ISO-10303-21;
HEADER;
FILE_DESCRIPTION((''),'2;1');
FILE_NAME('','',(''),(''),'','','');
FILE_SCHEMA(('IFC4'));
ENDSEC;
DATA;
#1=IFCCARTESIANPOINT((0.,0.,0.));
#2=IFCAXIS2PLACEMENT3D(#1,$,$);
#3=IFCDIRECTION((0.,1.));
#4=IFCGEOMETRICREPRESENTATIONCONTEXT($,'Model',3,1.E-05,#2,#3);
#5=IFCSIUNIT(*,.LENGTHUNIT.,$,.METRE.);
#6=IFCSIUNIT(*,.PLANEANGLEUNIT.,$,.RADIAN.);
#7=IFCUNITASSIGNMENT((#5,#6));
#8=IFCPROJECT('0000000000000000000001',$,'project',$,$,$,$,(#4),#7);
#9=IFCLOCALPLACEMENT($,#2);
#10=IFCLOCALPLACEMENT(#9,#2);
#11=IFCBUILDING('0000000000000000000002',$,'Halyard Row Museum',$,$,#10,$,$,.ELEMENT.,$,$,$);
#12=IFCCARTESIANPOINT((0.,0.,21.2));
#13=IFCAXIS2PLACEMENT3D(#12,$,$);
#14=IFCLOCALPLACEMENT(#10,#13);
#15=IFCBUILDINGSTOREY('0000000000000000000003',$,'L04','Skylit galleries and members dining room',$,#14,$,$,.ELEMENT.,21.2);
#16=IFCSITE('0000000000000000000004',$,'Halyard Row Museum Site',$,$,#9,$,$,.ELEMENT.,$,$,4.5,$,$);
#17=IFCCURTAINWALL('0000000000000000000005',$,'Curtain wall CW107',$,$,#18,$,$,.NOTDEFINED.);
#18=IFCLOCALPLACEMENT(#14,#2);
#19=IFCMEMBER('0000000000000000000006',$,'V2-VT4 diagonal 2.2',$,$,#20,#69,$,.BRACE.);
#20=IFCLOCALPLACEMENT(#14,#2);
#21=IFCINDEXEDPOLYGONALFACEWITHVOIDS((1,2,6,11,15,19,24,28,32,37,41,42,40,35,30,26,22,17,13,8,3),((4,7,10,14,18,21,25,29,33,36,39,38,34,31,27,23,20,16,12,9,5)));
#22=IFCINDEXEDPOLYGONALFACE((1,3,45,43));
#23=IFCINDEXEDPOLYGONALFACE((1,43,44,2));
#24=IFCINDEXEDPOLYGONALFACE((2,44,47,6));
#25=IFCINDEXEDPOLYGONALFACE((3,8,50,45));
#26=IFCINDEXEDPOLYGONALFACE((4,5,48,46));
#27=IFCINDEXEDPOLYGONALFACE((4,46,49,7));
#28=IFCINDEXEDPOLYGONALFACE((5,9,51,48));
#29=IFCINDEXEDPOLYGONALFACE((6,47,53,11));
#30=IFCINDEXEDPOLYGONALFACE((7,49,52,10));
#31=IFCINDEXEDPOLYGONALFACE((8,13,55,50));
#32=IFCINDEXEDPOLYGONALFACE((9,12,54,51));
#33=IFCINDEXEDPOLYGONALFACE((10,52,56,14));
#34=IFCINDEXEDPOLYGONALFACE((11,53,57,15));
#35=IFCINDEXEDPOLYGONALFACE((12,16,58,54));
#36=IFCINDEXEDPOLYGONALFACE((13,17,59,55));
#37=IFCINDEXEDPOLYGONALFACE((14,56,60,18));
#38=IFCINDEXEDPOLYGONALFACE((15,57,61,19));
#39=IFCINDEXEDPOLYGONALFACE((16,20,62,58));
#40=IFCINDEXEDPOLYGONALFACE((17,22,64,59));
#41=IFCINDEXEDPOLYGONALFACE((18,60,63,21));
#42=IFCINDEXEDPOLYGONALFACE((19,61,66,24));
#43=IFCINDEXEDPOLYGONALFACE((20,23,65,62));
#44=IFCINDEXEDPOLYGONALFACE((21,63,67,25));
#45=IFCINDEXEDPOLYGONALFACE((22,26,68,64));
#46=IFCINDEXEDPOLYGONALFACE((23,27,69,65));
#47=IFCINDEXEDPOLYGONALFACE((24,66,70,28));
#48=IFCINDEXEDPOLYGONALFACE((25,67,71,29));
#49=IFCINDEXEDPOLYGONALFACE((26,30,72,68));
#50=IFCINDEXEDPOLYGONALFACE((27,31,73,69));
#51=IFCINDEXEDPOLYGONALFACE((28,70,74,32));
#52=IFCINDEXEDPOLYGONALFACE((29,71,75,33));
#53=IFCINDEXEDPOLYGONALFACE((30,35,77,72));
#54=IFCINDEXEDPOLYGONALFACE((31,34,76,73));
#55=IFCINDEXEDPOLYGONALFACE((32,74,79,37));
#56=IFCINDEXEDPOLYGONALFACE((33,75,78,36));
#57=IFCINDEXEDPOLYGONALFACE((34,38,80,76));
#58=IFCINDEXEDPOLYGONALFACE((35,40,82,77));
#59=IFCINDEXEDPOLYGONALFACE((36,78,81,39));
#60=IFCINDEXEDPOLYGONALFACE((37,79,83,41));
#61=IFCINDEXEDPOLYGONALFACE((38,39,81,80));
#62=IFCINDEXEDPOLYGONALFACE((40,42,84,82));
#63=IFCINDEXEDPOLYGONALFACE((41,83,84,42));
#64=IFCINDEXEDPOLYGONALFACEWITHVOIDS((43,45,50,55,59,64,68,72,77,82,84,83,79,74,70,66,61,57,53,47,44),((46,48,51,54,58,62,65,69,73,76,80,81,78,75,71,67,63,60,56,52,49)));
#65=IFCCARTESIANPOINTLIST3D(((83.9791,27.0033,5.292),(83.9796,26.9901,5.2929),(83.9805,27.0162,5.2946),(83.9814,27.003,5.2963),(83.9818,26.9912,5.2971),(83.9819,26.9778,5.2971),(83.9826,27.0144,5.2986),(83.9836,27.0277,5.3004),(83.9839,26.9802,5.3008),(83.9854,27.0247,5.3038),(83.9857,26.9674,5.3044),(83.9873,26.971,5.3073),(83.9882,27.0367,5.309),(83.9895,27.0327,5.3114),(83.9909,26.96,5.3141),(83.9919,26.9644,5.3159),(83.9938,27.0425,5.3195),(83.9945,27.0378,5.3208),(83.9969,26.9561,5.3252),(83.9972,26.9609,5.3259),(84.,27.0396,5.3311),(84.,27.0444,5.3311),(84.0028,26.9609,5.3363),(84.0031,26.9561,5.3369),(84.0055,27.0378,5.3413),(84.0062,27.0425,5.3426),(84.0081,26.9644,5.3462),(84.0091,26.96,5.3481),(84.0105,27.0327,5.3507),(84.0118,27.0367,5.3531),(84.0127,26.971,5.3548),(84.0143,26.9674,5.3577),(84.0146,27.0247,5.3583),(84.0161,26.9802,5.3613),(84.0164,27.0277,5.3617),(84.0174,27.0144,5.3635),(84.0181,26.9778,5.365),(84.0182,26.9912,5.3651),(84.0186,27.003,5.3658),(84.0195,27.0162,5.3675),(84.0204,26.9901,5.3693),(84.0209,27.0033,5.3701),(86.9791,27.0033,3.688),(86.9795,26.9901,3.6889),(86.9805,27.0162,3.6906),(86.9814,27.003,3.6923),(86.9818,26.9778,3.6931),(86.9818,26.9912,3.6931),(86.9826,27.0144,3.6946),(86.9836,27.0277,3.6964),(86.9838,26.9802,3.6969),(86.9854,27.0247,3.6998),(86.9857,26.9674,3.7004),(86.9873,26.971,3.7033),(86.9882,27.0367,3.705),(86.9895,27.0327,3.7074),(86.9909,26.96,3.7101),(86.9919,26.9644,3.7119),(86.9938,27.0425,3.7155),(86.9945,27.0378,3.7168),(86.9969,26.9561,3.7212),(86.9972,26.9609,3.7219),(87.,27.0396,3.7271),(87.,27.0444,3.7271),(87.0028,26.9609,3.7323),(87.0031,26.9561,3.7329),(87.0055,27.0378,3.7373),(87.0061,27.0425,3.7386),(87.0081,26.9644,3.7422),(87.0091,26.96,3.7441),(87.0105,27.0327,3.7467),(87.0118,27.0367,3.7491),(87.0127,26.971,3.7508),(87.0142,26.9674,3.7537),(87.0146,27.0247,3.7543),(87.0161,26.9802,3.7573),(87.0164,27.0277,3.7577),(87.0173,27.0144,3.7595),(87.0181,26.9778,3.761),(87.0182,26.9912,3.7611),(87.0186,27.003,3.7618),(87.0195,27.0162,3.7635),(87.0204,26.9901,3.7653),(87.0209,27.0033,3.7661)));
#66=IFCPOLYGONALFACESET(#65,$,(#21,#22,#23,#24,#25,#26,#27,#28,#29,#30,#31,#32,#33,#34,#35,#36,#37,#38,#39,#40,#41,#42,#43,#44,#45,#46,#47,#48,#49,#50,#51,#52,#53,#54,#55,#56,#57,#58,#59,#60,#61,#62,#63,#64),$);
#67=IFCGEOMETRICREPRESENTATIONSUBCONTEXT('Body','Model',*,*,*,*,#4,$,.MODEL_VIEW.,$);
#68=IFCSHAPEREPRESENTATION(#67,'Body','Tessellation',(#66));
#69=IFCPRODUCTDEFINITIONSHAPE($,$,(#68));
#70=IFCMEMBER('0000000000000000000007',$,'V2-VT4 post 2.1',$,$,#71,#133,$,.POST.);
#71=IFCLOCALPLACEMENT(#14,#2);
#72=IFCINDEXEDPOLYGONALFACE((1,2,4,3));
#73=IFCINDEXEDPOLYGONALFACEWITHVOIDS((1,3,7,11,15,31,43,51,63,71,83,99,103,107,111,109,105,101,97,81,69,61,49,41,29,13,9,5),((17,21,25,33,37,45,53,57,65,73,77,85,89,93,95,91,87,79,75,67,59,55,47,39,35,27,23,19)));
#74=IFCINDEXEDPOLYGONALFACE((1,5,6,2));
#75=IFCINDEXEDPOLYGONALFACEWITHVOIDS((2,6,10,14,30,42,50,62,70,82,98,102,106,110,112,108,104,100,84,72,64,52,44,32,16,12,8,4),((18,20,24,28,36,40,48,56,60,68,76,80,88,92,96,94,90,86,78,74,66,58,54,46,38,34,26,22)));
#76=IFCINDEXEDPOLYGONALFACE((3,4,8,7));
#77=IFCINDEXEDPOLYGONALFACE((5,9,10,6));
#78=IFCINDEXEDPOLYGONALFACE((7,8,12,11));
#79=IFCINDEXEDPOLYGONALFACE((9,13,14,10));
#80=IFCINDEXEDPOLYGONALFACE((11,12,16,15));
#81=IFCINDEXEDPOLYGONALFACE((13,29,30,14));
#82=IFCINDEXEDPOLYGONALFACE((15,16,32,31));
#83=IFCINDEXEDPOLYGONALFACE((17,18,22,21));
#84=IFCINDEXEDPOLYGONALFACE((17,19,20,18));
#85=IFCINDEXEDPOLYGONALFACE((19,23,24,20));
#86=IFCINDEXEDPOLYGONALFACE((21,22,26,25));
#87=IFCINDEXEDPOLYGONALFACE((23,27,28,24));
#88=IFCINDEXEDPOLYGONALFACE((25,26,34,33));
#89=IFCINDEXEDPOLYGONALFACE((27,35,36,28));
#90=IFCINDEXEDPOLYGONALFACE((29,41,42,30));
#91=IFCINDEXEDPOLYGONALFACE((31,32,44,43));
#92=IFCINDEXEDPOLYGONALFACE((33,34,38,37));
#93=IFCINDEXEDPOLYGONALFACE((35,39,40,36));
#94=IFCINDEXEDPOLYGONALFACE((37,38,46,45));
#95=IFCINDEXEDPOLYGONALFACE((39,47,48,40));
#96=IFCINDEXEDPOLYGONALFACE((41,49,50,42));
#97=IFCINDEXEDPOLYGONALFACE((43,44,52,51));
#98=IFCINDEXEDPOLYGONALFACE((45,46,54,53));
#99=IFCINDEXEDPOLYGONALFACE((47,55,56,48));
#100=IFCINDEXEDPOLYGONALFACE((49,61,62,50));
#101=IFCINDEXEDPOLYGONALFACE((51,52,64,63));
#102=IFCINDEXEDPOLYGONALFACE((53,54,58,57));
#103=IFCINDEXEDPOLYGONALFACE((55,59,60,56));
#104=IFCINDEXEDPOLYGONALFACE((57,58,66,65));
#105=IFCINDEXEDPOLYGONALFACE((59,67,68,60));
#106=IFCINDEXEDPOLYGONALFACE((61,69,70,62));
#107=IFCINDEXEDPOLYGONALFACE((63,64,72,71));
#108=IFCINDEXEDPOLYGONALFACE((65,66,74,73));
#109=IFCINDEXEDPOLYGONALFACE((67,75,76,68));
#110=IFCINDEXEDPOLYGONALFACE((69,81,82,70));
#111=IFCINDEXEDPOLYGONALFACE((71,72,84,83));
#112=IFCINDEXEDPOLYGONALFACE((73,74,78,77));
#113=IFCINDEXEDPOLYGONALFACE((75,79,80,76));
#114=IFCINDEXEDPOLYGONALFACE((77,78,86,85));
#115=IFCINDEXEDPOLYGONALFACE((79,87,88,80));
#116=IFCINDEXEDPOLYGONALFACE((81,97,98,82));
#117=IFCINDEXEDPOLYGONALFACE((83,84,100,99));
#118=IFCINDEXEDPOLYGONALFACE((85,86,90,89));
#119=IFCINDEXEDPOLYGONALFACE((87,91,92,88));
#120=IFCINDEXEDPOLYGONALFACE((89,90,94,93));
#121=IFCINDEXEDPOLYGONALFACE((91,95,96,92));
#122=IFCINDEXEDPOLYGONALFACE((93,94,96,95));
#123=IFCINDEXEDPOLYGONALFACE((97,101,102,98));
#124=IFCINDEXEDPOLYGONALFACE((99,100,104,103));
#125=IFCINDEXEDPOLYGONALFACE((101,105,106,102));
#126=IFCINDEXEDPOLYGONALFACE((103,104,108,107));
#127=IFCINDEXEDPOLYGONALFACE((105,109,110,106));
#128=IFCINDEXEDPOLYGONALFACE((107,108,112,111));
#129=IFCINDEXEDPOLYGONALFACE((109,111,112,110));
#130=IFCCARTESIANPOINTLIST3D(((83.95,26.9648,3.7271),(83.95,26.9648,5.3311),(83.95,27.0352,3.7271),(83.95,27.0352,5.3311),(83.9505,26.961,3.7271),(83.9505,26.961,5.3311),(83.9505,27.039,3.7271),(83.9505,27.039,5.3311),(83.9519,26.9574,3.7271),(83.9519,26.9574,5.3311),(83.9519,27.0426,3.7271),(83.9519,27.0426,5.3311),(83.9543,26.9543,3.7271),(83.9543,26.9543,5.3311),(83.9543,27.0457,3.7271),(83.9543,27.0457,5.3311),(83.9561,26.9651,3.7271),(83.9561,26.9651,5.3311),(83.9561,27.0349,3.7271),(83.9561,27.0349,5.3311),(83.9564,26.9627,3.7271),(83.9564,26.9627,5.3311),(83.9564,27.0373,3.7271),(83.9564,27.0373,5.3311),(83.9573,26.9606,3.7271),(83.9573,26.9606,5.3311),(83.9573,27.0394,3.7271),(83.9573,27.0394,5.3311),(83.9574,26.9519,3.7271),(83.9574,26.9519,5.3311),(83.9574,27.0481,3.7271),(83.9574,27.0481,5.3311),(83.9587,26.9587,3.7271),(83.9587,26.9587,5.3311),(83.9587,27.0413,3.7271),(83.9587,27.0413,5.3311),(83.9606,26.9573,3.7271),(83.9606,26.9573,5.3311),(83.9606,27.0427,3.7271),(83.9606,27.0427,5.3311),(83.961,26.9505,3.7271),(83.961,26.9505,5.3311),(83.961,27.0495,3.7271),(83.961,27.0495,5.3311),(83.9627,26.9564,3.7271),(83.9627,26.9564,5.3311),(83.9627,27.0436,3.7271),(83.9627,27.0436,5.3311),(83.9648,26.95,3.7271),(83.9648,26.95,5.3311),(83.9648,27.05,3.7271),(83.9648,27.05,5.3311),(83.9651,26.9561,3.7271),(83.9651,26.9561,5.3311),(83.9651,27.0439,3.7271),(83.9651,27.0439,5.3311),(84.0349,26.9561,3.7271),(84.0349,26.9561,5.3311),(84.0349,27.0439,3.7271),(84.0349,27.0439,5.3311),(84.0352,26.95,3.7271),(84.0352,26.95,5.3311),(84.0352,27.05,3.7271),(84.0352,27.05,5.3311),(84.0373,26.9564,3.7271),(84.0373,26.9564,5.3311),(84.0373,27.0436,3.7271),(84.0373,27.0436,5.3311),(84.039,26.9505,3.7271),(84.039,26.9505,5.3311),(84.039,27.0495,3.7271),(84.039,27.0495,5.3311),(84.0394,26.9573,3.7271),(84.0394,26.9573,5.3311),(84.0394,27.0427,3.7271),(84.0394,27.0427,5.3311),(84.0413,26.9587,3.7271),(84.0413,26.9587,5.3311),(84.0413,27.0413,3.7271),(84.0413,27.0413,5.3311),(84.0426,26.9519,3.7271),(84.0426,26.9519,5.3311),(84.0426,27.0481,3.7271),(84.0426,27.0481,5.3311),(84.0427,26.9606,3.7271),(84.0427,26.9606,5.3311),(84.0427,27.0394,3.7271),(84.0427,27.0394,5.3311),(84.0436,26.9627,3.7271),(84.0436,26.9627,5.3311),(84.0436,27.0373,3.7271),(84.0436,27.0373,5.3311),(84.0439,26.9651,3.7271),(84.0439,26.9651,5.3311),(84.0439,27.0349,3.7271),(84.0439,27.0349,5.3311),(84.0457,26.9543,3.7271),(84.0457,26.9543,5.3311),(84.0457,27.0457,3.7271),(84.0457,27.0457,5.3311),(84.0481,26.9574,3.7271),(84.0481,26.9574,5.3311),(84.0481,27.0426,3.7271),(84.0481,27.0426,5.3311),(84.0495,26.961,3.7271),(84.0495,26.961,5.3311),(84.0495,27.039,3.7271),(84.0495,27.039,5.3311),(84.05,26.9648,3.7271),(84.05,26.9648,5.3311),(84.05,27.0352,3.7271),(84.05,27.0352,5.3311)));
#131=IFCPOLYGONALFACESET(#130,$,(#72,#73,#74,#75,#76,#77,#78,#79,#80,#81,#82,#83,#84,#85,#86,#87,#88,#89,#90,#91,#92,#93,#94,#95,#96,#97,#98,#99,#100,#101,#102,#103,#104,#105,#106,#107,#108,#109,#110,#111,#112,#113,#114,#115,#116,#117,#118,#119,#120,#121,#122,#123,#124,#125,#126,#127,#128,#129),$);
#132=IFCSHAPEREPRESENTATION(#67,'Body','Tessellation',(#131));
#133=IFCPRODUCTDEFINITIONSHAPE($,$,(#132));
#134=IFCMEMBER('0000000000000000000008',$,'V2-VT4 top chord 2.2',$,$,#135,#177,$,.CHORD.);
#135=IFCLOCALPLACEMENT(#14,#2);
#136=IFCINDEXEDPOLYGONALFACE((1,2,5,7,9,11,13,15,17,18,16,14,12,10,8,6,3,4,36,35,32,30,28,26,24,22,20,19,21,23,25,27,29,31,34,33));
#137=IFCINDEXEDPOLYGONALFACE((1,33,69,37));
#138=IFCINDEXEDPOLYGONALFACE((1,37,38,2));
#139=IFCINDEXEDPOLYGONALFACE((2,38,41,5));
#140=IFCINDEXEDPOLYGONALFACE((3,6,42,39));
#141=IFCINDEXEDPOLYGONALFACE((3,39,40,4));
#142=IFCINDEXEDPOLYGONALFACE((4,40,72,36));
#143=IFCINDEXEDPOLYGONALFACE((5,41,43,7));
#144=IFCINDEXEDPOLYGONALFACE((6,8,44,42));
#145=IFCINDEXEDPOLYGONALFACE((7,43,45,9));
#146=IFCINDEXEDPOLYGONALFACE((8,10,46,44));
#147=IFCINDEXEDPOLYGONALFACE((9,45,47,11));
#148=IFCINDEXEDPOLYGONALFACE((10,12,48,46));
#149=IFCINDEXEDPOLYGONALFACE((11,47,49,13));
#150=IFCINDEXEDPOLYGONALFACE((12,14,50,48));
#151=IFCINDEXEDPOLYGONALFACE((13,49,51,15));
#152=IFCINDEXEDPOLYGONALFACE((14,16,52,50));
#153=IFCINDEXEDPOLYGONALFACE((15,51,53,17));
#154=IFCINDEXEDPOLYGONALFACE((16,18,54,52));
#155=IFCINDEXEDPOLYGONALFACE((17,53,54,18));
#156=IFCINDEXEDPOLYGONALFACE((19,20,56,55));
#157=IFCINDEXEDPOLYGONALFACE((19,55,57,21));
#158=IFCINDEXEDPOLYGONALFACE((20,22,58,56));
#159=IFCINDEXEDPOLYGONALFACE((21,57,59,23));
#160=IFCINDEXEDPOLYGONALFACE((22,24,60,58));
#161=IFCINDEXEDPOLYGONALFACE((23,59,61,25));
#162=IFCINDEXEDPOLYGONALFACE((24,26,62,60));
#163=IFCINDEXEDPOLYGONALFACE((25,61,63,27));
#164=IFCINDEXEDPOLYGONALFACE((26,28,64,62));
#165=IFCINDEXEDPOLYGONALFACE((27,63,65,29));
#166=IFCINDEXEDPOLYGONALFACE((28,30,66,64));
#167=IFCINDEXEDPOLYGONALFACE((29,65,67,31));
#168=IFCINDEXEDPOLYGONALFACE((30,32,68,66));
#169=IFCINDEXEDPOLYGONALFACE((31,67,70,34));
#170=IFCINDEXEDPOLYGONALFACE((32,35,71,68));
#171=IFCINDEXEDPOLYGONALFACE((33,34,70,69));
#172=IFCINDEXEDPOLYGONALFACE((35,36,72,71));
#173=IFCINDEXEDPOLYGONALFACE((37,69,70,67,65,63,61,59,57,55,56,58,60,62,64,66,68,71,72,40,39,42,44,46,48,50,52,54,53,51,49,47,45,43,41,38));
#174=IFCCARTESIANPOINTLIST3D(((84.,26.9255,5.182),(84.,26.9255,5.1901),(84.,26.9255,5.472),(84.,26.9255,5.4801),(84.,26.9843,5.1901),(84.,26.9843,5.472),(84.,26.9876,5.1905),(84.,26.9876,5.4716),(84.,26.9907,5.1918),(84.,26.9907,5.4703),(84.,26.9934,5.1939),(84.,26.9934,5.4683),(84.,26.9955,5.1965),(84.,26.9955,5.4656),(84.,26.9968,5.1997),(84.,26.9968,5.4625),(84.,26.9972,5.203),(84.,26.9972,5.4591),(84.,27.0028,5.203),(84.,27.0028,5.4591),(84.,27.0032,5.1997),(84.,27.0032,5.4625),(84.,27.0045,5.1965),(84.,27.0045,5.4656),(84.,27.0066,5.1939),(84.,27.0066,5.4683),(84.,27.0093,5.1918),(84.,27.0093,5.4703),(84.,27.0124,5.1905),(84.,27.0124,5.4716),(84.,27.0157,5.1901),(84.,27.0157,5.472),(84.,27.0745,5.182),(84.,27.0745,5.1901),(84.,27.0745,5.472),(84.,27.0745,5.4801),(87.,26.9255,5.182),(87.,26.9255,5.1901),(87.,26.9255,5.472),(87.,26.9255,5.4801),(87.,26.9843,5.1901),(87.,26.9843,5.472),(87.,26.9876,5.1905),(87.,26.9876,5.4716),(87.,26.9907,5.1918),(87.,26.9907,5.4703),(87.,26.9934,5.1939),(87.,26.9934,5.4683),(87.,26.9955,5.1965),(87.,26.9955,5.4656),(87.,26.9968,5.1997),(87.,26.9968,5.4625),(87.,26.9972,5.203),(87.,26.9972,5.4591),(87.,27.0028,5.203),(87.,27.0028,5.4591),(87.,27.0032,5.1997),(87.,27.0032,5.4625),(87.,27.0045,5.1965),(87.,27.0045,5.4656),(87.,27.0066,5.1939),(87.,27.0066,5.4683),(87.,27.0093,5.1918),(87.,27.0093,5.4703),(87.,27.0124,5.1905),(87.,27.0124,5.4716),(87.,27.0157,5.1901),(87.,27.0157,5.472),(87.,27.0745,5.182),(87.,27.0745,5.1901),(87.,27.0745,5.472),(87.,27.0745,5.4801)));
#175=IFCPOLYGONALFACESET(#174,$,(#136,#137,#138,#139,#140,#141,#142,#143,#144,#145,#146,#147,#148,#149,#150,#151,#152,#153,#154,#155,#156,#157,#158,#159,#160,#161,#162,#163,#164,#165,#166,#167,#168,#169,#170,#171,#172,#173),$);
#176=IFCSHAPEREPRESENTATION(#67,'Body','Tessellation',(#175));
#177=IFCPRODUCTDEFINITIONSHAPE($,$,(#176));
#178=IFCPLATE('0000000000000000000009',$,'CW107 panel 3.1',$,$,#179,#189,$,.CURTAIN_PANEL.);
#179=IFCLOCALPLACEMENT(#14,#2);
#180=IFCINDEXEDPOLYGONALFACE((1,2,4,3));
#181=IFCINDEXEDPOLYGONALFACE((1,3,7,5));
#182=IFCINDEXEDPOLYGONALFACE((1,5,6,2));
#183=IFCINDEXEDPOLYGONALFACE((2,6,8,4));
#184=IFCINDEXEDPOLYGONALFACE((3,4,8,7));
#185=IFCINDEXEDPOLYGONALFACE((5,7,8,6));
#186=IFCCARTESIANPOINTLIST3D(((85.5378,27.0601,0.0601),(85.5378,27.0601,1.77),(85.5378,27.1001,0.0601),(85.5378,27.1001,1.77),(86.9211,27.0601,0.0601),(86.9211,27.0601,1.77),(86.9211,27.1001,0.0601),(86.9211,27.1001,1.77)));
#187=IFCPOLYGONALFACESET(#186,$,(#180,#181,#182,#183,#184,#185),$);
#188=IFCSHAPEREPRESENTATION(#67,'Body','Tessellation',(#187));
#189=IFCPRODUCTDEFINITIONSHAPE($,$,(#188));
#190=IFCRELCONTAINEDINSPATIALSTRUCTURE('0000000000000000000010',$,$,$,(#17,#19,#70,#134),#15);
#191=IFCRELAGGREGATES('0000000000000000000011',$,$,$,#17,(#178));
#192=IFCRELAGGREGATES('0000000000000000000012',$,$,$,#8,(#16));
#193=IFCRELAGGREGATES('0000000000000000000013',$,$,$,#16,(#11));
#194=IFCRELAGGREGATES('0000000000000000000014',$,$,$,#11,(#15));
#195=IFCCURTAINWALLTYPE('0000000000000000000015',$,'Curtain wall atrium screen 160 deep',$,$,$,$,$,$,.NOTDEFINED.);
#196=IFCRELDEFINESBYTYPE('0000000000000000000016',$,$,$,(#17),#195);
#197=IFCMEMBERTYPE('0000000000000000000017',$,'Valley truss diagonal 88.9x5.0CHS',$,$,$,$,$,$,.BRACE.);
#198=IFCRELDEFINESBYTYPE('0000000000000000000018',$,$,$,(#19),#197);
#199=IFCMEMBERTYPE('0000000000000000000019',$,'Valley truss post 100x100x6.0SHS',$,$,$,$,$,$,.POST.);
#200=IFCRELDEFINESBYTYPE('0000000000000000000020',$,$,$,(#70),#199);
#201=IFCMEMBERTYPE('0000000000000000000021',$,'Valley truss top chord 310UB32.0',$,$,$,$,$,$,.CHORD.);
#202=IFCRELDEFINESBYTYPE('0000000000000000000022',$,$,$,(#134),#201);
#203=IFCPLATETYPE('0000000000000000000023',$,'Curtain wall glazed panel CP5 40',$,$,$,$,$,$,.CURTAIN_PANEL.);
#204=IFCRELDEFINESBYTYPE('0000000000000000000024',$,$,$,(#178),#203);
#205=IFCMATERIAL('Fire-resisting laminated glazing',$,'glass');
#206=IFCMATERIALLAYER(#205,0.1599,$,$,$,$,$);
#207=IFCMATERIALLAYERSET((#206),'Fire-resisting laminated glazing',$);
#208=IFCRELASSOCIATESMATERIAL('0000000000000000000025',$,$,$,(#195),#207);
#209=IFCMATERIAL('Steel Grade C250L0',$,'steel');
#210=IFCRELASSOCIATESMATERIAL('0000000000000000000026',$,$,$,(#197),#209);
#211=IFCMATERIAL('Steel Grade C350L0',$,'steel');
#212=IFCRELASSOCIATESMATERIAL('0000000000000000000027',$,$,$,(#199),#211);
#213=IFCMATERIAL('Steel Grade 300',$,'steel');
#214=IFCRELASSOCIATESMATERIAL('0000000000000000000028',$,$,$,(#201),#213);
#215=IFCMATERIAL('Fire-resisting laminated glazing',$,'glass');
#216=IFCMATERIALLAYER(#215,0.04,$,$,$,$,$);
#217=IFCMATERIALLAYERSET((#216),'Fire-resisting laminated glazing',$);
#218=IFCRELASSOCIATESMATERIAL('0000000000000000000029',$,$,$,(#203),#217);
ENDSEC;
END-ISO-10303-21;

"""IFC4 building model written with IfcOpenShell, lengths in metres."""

from ifc_helpers import new_model, si_unit, direction, frame, origin, origin_2d, place, context, subcontext, project, spatial, rectangle, hollow_rectangle, hollow_circle, i_section, extrude, material, layer, layer_set, material_profile, profile_set, type_object, element, aggregate, save


model = new_model("IFC4")

# Units and contexts
model_context = context("Model", 3, precision=1e-05, world=origin(), true_north=direction((0.0, 1.0)))
body_context = subcontext(model_context, "Body", "Model", "MODEL_VIEW")
ifc_project = project(units=[si_unit("LENGTHUNIT", "METRE"), si_unit("PLANEANGLEUNIT", "RADIAN")], contexts=[model_context])

# Site, building, storey
site_placement = place(None, origin())
site = spatial("IfcSite", under=ifc_project, at=site_placement, Name="Halyard Row Museum Site", CompositionType="ELEMENT", RefElevation=4.5)
building_placement = place(site_placement, origin())
building = spatial("IfcBuilding", under=site, at=building_placement, Name="Halyard Row Museum", CompositionType="ELEMENT")
storey_placement = place(building_placement, frame((0.0, 0.0, 21.2)))
storey = spatial("IfcBuildingStorey", under=building, at=storey_placement, Name="L04", Description="Skylit galleries and members dining room", CompositionType="ELEMENT", Elevation=21.2)

# Curtain wall
ifc_material_1 = material(Name="Fire-resisting laminated glazing", Category="glass")
ifc_layer_1 = layer(ifc_material_1, 0.1599)
ifc_layer_set_1 = layer_set([ifc_layer_1], Name="Fire-resisting laminated glazing")
curtain_wall_type = type_object("IfcCurtainWallType", Name="Curtain wall atrium screen 160 deep", PredefinedType="NOTDEFINED", material=ifc_layer_set_1)
curtain_wall_placement = place(storey_placement, origin())
curtain_wall = element("IfcCurtainWall", 1, at=curtain_wall_placement, inside=storey, type_object=curtain_wall_type, Name="Curtain wall CW107", PredefinedType="NOTDEFINED")

# Members
ifc_material_2 = material(Name="Steel Grade C250L0", Category="steel")
ifc_material_profile_1 = material_profile(ifc_material_2, hollow_circle(Radius=0.0444, WallThickness=0.0049, at=origin_2d()), Name="88.9x5.0CHS")
ifc_profile_set_1 = profile_set([ifc_material_profile_1], Name="Steel Grade C250L0")
member_type_1 = type_object("IfcMemberType", Name="Valley truss diagonal 88.9x5.0CHS", PredefinedType="BRACE", material=ifc_profile_set_1)
member_1_placement = place(storey_placement, frame((84.0, 27.0, 5.3311), z_axis=(0.881864, 0.0, -0.471504), x_axis=(0.0, 1.0, 0.0)))
element("IfcMember", 2, at=member_1_placement, inside=storey, type_object=member_type_1, Name="V2-VT4 diagonal 2.2", PredefinedType="BRACE", context=body_context, shape_type="SweptSolid", body=[
    extrude(hollow_circle(Radius=0.0444, WallThickness=0.0049, at=origin_2d()), origin(), (0.0, 0.0, 1.0), 3.4019),
])
ifc_material_3 = material(Name="Steel Grade C350L0", Category="steel")
ifc_material_profile_2 = material_profile(ifc_material_3, hollow_rectangle(XDim=0.1001, YDim=0.1001, WallThickness=0.0061, InnerFilletRadius=0.009, OuterFilletRadius=0.0149, at=origin_2d()), Name="100x100x6.0SHS")
ifc_profile_set_2 = profile_set([ifc_material_profile_2], Name="Steel Grade C350L0")
member_type_2 = type_object("IfcMemberType", Name="Valley truss post 100x100x6.0SHS", PredefinedType="POST", material=ifc_profile_set_2)
member_2_placement = place(storey_placement, frame((84.0, 27.0, 3.7271), z_axis=(0.0, 0.0, 1.0), x_axis=(1.0, 0.0, 0.0)))
element("IfcMember", 3, at=member_2_placement, inside=storey, type_object=member_type_2, Name="V2-VT4 post 2.1", PredefinedType="POST", context=body_context, shape_type="SweptSolid", body=[
    extrude(hollow_rectangle(XDim=0.1001, YDim=0.1001, WallThickness=0.0061, InnerFilletRadius=0.009, OuterFilletRadius=0.0149, at=origin_2d()), origin(), (0.0, 0.0, 1.0), 1.604),
])
ifc_material_4 = material(Name="Steel Grade 300", Category="steel")
ifc_material_profile_3 = material_profile(ifc_material_4, i_section(OverallWidth=0.1489, OverallDepth=0.2981, WebThickness=0.0056, FlangeThickness=0.0081, FilletRadius=0.0129, at=origin_2d()), Name="310UB32.0")
ifc_profile_set_3 = profile_set([ifc_material_profile_3], Name="Steel Grade 300")
member_type_3 = type_object("IfcMemberType", Name="Valley truss top chord 310UB32.0", PredefinedType="CHORD", material=ifc_profile_set_3)
member_3_placement = place(storey_placement, frame((84.0, 27.0, 5.3311), z_axis=(1.0, 0.0, 0.0), x_axis=(0.0, 1.0, 0.0)))
element("IfcMember", 4, at=member_3_placement, inside=storey, type_object=member_type_3, Name="V2-VT4 top chord 2.2", PredefinedType="CHORD", context=body_context, shape_type="SweptSolid", body=[
    extrude(i_section(OverallWidth=0.1489, OverallDepth=0.2981, WebThickness=0.0056, FlangeThickness=0.0081, FilletRadius=0.0129, at=origin_2d()), origin(), (0.0, 0.0, 1.0), 3.0),
])

# Plate
ifc_material_5 = material(Name="Fire-resisting laminated glazing", Category="glass")
ifc_layer_2 = layer(ifc_material_5, 0.04)
ifc_layer_set_2 = layer_set([ifc_layer_2], Name="Fire-resisting laminated glazing")
plate_type = type_object("IfcPlateType", Name="Curtain wall glazed panel CP5 40", PredefinedType="CURTAIN_PANEL", material=ifc_layer_set_2)
plate_1_placement = place(storey_placement, frame((86.2295, 27.0801, 0.0601), z_axis=(0.0, 0.0, 1.0), x_axis=(-1.0, 0.0, 0.0)))
plate_1 = element("IfcPlate", 5, at=plate_1_placement, type_object=plate_type, Name="CW107 panel 3.1", PredefinedType="CURTAIN_PANEL", context=body_context, shape_type="SweptSolid", body=[
    extrude(rectangle(XDim=1.3833, YDim=0.04, at=origin_2d()), origin(), (0.0, 0.0, 1.0), 1.71),
])
aggregate(curtain_wall, [plate_1])

save(model, "model.ifc")
